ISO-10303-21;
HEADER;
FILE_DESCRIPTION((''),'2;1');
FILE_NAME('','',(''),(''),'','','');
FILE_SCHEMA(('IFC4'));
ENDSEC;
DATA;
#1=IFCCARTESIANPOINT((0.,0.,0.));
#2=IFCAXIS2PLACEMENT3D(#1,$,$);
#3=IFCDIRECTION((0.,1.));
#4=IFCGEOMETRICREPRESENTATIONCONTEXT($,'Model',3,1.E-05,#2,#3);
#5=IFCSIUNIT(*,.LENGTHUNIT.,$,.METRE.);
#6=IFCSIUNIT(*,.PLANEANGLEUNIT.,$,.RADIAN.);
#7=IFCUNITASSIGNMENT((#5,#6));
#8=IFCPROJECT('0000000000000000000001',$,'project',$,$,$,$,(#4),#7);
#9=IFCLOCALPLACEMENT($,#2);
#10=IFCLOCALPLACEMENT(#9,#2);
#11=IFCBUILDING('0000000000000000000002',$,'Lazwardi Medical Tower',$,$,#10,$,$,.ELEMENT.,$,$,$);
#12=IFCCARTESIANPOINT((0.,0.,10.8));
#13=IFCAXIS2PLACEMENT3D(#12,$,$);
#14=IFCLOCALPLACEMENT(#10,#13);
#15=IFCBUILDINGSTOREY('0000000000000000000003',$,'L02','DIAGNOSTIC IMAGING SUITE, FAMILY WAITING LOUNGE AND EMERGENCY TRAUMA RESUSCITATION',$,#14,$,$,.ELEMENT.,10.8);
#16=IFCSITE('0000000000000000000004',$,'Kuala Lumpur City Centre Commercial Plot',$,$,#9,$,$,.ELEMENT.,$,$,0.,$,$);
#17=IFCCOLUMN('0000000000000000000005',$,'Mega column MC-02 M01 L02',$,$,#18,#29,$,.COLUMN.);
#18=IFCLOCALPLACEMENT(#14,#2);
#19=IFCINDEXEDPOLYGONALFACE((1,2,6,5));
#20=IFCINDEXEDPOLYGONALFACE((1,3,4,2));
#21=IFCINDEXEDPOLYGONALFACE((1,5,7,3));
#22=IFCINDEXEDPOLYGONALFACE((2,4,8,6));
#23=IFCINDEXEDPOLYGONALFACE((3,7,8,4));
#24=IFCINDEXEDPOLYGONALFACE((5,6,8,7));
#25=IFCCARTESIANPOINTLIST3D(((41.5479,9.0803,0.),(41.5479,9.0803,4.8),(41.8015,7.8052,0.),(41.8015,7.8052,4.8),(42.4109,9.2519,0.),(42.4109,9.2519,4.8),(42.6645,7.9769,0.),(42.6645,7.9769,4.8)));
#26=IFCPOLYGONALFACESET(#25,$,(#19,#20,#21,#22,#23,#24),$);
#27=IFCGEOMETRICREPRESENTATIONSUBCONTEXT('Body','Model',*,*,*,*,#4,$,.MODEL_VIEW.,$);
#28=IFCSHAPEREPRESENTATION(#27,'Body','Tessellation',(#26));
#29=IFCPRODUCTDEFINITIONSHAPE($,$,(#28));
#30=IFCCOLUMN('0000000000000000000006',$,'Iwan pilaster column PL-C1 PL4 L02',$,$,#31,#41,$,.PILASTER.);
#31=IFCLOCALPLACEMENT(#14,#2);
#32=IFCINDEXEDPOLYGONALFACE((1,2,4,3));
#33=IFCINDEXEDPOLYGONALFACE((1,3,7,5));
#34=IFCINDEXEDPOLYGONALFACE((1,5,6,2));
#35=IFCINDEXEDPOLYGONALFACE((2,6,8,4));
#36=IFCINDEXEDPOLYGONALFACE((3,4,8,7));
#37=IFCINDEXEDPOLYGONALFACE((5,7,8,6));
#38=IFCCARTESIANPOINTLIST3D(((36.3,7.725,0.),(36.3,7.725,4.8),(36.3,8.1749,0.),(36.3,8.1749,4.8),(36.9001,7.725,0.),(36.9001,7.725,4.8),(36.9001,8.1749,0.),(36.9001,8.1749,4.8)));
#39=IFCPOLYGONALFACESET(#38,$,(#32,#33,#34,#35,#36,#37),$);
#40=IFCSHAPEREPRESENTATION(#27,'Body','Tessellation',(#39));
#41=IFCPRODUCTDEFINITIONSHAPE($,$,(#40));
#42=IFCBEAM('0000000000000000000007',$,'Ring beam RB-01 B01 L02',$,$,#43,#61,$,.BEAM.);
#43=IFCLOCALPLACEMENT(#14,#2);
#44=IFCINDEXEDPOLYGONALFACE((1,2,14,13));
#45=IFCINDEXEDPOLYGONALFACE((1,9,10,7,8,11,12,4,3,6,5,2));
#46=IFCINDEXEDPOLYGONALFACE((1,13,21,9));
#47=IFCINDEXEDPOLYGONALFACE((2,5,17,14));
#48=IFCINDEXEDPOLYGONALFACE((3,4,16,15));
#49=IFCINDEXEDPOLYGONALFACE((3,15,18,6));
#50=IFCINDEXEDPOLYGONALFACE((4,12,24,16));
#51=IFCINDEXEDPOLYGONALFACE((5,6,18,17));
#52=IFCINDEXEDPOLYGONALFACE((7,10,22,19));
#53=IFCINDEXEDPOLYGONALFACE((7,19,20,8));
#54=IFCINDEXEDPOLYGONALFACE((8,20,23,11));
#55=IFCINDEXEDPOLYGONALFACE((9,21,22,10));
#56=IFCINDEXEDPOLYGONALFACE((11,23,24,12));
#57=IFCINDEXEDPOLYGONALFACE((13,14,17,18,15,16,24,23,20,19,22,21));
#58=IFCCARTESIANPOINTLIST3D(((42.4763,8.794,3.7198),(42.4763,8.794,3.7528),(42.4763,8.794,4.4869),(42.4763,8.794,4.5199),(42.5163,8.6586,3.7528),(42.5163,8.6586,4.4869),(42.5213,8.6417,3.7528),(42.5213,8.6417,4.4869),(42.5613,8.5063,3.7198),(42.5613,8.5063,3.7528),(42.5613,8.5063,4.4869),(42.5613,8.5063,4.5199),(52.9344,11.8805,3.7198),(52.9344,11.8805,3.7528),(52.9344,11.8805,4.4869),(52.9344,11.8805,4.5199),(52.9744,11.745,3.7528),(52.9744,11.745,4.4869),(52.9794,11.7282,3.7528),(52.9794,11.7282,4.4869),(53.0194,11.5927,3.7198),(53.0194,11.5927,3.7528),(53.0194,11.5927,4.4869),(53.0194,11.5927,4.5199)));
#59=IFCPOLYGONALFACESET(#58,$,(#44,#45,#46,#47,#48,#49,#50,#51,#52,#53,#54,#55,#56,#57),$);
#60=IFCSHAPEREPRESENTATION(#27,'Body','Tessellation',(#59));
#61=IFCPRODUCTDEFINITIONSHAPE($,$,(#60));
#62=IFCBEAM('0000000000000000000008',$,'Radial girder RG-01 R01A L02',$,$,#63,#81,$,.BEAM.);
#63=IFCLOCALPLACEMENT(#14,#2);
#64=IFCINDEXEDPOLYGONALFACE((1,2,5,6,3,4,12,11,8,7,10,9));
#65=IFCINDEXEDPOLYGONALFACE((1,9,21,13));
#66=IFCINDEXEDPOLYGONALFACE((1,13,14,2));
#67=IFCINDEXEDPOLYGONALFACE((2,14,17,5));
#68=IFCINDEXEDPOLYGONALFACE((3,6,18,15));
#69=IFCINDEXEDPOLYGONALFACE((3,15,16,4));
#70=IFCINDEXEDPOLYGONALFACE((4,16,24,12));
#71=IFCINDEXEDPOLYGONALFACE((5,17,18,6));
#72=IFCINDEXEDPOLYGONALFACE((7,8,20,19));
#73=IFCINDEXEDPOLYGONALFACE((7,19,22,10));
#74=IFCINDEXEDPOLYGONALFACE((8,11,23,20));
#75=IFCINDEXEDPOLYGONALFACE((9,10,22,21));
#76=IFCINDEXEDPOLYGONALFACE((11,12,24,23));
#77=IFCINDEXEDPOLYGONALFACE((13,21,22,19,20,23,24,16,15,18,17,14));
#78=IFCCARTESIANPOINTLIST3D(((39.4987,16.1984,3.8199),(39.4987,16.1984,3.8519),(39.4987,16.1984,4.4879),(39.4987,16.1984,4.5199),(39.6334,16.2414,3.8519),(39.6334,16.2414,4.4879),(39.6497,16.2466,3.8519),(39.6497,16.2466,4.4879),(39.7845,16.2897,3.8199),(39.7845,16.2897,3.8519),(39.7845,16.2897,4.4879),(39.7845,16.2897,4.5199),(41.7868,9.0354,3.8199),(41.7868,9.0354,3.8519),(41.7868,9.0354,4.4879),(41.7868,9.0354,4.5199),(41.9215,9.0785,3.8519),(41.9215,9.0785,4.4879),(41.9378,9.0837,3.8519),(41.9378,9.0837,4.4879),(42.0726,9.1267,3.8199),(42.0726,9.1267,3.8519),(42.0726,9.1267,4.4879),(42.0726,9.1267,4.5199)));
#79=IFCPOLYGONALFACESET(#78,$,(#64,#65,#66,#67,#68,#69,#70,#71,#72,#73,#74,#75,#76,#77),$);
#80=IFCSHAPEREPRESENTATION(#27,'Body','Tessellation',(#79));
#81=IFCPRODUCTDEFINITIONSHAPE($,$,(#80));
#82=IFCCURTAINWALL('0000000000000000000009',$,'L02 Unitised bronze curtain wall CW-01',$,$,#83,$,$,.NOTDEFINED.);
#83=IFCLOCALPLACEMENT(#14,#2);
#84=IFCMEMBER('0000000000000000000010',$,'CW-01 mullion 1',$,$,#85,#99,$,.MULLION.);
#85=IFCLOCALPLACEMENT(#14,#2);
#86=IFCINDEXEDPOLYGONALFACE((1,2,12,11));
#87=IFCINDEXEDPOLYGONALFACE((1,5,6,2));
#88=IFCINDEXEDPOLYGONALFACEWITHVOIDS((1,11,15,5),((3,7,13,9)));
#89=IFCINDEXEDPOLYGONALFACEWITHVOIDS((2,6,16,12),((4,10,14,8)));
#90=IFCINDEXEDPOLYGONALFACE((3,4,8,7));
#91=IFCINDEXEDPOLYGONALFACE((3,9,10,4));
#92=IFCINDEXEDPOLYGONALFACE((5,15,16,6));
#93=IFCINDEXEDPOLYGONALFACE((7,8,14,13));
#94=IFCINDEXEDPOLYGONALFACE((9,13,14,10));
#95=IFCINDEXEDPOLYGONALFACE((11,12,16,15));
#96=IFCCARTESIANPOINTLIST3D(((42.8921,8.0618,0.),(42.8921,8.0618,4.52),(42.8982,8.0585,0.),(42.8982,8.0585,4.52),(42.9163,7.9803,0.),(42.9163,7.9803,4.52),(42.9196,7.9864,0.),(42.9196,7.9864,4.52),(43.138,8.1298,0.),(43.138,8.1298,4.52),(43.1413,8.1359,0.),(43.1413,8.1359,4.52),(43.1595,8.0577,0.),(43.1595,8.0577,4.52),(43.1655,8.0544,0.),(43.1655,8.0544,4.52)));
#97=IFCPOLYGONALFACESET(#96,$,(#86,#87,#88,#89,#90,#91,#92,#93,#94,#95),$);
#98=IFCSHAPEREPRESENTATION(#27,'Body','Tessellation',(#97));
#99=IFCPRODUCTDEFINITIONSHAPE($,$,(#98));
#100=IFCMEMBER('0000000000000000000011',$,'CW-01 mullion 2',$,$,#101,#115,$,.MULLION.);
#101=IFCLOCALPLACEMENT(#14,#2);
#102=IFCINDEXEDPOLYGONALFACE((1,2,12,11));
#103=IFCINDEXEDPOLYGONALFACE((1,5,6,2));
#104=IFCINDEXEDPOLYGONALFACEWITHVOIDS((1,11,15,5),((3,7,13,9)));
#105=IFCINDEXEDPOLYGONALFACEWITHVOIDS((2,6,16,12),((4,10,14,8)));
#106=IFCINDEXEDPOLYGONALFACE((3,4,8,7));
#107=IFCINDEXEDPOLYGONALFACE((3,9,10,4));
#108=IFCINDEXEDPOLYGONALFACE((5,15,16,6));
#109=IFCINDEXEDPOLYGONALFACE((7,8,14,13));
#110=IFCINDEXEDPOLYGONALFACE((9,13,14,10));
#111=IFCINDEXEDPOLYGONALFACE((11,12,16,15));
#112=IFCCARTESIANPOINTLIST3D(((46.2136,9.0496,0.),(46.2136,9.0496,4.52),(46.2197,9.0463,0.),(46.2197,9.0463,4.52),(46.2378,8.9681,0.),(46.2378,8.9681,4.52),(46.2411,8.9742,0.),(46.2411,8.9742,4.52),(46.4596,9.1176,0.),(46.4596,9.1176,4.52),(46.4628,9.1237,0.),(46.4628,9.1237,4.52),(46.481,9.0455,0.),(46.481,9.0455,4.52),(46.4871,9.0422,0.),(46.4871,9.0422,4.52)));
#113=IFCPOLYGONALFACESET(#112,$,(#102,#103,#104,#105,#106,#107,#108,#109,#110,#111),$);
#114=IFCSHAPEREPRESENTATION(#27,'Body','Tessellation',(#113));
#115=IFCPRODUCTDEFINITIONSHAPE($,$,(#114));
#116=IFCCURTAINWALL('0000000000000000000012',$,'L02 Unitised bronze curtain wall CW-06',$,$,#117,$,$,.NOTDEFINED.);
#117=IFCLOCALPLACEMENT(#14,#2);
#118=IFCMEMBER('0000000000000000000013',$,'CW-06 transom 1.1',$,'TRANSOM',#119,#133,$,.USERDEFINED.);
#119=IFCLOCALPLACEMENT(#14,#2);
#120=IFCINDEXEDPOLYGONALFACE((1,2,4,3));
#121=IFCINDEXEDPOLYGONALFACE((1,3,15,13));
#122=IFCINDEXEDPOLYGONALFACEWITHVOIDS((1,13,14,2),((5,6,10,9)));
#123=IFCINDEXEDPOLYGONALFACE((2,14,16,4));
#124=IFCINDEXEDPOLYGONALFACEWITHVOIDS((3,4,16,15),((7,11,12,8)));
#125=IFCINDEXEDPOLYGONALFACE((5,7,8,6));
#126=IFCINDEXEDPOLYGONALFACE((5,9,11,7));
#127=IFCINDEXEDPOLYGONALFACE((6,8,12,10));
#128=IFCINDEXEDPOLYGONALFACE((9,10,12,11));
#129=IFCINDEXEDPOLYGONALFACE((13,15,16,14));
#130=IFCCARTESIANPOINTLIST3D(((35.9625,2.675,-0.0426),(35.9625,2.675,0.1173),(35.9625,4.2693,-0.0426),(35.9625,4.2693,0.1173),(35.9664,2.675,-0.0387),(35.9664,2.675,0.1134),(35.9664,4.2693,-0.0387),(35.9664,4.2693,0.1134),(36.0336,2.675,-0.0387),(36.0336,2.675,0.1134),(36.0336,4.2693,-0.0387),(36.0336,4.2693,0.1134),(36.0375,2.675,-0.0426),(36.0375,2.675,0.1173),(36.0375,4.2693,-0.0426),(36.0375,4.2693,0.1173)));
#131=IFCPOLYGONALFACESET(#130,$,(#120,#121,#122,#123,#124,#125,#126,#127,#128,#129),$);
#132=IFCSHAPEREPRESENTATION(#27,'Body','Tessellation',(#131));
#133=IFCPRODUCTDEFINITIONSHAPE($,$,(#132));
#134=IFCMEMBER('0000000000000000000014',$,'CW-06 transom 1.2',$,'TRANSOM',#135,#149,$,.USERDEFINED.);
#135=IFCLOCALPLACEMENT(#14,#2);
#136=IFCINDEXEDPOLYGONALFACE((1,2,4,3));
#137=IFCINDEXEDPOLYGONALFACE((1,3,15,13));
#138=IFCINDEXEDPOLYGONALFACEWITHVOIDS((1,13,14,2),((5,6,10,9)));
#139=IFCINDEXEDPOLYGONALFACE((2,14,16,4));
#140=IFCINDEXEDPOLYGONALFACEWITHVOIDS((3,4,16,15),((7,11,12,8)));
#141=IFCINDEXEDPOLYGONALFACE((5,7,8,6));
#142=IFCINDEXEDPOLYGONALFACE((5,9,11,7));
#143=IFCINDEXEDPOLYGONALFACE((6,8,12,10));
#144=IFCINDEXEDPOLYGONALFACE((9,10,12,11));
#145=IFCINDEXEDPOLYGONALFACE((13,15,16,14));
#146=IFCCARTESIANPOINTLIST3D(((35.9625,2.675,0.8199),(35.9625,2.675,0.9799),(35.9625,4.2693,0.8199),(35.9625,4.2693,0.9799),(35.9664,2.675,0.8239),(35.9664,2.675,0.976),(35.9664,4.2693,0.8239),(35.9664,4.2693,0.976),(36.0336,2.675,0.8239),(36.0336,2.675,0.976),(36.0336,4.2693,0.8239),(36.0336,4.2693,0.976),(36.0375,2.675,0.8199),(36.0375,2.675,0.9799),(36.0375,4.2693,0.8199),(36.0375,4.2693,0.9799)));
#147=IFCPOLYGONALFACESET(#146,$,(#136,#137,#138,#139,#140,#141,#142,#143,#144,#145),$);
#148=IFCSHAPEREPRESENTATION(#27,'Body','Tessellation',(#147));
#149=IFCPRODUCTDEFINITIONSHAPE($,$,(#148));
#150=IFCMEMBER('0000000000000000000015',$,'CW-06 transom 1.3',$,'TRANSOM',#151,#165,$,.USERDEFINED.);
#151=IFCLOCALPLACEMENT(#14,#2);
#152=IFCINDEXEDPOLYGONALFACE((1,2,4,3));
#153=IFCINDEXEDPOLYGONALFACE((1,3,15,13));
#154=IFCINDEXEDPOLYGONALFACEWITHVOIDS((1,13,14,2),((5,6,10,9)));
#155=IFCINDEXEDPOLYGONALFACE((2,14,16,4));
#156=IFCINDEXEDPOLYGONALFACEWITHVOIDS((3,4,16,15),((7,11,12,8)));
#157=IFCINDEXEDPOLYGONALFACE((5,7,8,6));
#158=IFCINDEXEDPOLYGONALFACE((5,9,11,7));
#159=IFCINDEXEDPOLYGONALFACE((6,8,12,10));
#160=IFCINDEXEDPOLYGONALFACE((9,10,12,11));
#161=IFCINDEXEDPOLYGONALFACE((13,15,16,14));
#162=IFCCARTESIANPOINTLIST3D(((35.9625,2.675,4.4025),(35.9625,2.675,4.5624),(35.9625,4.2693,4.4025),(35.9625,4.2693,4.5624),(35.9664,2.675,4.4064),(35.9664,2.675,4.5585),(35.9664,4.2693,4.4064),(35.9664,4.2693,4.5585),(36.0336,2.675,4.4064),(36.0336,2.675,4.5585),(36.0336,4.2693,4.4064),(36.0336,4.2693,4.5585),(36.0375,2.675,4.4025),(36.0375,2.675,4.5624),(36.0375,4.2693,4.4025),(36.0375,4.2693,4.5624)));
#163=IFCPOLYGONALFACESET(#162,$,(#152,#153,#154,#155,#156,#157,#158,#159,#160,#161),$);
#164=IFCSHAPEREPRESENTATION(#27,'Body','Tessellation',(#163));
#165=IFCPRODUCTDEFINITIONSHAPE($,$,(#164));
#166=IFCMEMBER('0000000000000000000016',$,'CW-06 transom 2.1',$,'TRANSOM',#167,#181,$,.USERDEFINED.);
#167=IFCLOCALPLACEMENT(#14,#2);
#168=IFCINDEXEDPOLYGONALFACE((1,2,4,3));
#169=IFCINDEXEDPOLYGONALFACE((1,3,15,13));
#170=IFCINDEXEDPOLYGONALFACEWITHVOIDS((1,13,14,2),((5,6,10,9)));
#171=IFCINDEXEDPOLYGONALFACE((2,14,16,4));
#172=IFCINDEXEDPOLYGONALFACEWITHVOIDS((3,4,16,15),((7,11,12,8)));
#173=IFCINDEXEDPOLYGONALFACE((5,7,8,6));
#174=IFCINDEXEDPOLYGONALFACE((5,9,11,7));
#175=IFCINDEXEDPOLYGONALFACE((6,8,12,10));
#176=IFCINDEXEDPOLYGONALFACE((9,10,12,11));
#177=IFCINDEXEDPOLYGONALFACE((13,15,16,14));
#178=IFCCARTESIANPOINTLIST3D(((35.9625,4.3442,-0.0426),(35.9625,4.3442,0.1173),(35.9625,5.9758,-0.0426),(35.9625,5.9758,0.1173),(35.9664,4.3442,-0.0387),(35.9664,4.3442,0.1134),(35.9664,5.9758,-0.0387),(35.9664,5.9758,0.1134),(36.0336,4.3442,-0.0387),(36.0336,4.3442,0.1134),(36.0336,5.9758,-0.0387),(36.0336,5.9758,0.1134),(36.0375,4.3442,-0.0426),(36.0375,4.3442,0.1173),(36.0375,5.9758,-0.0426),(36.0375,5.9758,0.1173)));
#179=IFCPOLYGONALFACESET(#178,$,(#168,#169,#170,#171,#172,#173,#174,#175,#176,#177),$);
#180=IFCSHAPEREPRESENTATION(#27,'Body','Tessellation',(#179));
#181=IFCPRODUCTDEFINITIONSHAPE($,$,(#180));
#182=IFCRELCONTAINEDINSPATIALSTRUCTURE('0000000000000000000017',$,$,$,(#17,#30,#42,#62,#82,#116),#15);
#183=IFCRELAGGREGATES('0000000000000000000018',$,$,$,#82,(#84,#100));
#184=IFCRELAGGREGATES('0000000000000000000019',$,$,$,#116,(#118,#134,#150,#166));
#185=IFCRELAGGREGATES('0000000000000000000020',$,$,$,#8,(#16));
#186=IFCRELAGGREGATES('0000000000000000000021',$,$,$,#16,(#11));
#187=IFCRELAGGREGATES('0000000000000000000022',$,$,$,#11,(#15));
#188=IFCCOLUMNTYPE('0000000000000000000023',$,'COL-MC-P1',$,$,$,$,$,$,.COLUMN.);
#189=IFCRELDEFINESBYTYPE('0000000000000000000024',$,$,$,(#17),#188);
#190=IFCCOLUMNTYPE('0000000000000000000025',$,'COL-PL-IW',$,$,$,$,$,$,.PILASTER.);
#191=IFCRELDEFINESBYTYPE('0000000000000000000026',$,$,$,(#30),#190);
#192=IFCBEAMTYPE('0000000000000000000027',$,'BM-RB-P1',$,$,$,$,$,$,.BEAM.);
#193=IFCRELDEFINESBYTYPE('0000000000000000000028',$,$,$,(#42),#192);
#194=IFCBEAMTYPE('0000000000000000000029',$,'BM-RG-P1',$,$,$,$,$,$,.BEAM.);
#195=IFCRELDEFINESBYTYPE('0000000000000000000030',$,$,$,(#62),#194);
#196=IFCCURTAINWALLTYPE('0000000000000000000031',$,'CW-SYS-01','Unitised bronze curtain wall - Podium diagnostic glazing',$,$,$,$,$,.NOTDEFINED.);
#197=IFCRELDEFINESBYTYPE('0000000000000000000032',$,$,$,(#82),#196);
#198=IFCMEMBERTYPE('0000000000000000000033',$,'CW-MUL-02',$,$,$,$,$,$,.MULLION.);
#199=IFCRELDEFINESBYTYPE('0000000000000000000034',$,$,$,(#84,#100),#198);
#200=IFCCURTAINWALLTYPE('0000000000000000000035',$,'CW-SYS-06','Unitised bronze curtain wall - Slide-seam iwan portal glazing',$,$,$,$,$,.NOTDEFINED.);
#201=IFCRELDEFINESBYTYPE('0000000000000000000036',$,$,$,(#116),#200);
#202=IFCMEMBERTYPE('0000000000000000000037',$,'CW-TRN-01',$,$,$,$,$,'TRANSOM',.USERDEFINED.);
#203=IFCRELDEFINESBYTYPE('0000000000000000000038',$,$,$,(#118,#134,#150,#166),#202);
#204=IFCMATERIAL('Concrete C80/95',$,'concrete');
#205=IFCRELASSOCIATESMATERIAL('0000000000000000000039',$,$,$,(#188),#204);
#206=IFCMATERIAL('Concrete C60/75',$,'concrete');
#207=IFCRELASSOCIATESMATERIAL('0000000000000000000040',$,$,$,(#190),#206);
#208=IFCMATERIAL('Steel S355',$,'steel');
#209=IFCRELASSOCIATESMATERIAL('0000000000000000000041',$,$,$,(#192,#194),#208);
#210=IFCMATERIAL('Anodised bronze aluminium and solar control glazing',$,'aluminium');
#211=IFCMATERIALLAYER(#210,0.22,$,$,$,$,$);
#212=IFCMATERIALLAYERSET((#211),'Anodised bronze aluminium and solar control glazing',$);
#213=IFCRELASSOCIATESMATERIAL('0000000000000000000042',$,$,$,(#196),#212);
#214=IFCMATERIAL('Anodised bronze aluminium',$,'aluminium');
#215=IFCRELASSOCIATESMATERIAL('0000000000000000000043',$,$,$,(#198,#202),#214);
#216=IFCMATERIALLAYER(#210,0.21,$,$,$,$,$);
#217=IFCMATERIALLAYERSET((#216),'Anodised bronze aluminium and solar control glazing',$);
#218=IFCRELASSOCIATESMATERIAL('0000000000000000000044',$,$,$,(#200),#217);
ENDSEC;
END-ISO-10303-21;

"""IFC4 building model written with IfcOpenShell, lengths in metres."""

from ifc_helpers import new_model, si_unit, direction, frame, origin, origin_2d, place, context, subcontext, project, spatial, rectangle, hollow_rectangle, i_section, extrude, material, layer, layer_set, material_profile, profile_set, type_object, element, aggregate, save


model = new_model("IFC4")

# Units and contexts
model_context = context("Model", 3, precision=1e-05, world=origin(), true_north=direction((0.0, 1.0)))
body_context = subcontext(model_context, "Body", "Model", "MODEL_VIEW")
ifc_project = project(units=[si_unit("LENGTHUNIT", "METRE"), si_unit("PLANEANGLEUNIT", "RADIAN")], contexts=[model_context])

# Site, building, storey
site_placement = place(None, origin())
site = spatial("IfcSite", under=ifc_project, at=site_placement, Name="Kuala Lumpur City Centre Commercial Plot", CompositionType="ELEMENT", RefElevation=0.0)
building_placement = place(site_placement, origin())
building = spatial("IfcBuilding", under=site, at=building_placement, Name="Lazwardi Medical Tower", CompositionType="ELEMENT")
storey_placement = place(building_placement, frame((0.0, 0.0, 10.8)))
storey = spatial("IfcBuildingStorey", under=building, at=storey_placement, Name="L02", Description="DIAGNOSTIC IMAGING SUITE, FAMILY WAITING LOUNGE AND EMERGENCY TRAUMA RESUSCITATION", CompositionType="ELEMENT", Elevation=10.8)

# Columns
ifc_material_1 = material(Name="Concrete C80/95", Category="concrete")
ifc_material_profile_1 = material_profile(ifc_material_1, rectangle(XDim=1.3, YDim=0.8799, at=origin_2d()), Name="CFT-RECT 1300x880")
ifc_profile_set_1 = profile_set([ifc_material_profile_1], Name="Concrete C80/95")
column_type_1 = type_object("IfcColumnType", Name="COL-MC-P1", PredefinedType="COLUMN", material=ifc_profile_set_1)
column_1_placement = place(storey_placement, frame((42.1062, 8.5286, 0.0), z_axis=(0.0, 0.0, 1.0), x_axis=(0.19509, -0.980785, 0.0)))
element("IfcColumn", 1, at=column_1_placement, inside=storey, type_object=column_type_1, Name="Mega column MC-02 M01 L02", PredefinedType="COLUMN", context=body_context, shape_type="SweptSolid", body=[
    extrude(rectangle(XDim=1.3, YDim=0.8799, at=origin_2d()), origin(), (0.0, 0.0, 1.0), 4.8),
])
ifc_material_2 = material(Name="Concrete C60/75", Category="concrete")
ifc_material_profile_2 = material_profile(ifc_material_2, rectangle(XDim=0.6001, YDim=0.45, at=origin_2d()), Name="RC 600x450")
ifc_profile_set_2 = profile_set([ifc_material_profile_2], Name="Concrete C60/75")
column_type_2 = type_object("IfcColumnType", Name="COL-PL-IW", PredefinedType="PILASTER", material=ifc_profile_set_2)
column_2_placement = place(storey_placement, frame((36.6001, 7.95, 0.0), z_axis=(0.0, 0.0, 1.0), x_axis=(1.0, 0.0, 0.0)))
element("IfcColumn", 2, at=column_2_placement, inside=storey, type_object=column_type_2, Name="Iwan pilaster column PL-C1 PL4 L02", PredefinedType="PILASTER", context=body_context, shape_type="SweptSolid", body=[
    extrude(rectangle(XDim=0.6001, YDim=0.45, at=origin_2d()), origin(), (0.0, 0.0, 1.0), 4.8),
])

# Beams
ifc_material_3 = material(Name="Steel S355", Category="steel")
ifc_material_profile_3 = material_profile(ifc_material_3, i_section(OverallWidth=0.3, OverallDepth=0.8, WebThickness=0.0176, FlangeThickness=0.033, at=origin_2d()), Name="HEB 800")
ifc_profile_set_3 = profile_set([ifc_material_profile_3], Name="Steel S355")
beam_type_1 = type_object("IfcBeamType", Name="BM-RB-P1", PredefinedType="BEAM", material=ifc_profile_set_3)
beam_1_placement = place(storey_placement, frame((42.5188, 8.6501, 4.1199), z_axis=(0.959103, 0.283056, 0.0), x_axis=(-0.283056, 0.959103, 0.0)))
element("IfcBeam", 3, at=beam_1_placement, inside=storey, type_object=beam_type_1, Name="Ring beam RB-01 B01 L02", PredefinedType="BEAM", context=body_context, shape_type="SweptSolid", body=[
    extrude(i_section(OverallWidth=0.3, OverallDepth=0.8, WebThickness=0.0176, FlangeThickness=0.033, at=origin_2d()), origin(), (0.0, 0.0, 1.0), 10.9041),
])
ifc_material_profile_4 = material_profile(ifc_material_3, i_section(OverallWidth=0.3, OverallDepth=0.7, WebThickness=0.0171, FlangeThickness=0.032, at=origin_2d()), Name="HEB 700")
ifc_profile_set_4 = profile_set([ifc_material_profile_4], Name="Steel S355")
beam_type_2 = type_object("IfcBeamType", Name="BM-RG-P1", PredefinedType="BEAM", material=ifc_profile_set_4)
beam_2_placement = place(storey_placement, frame((41.9297, 9.0811, 4.1699), z_axis=(-0.30429, 0.952579, 0.0), x_axis=(-0.952579, -0.30429, 0.0)))
element("IfcBeam", 4, at=beam_2_placement, inside=storey, type_object=beam_type_2, Name="Radial girder RG-01 R01A L02", PredefinedType="BEAM", context=body_context, shape_type="SweptSolid", body=[
    extrude(i_section(OverallWidth=0.3, OverallDepth=0.7, WebThickness=0.0171, FlangeThickness=0.032, at=origin_2d()), origin(), (0.0, 0.0, 1.0), 7.5195),
])

# Curtain walls, members
ifc_material_4 = material(Name="Anodised bronze aluminium and solar control glazing", Category="aluminium")
ifc_layer_1 = layer(ifc_material_4, 0.22)
ifc_layer_set_1 = layer_set([ifc_layer_1], Name="Anodised bronze aluminium and solar control glazing")
curtain_wall_type_1 = type_object("IfcCurtainWallType", Name="CW-SYS-01", Description="Unitised bronze curtain wall - Podium diagnostic glazing", PredefinedType="NOTDEFINED", material=ifc_layer_set_1)
curtain_wall_1_placement = place(storey_placement, origin())
curtain_wall_1 = element("IfcCurtainWall", 5, at=curtain_wall_1_placement, inside=storey, type_object=curtain_wall_type_1, Name="L02 Unitised bronze curtain wall CW-01", PredefinedType="NOTDEFINED")
ifc_material_5 = material(Name="Anodised bronze aluminium", Category="aluminium")
ifc_material_profile_5 = material_profile(ifc_material_5, hollow_rectangle(XDim=0.085, YDim=0.26, WallThickness=0.0049, at=origin_2d()), Name="ALU-MULLION 260x85x5")
ifc_profile_set_5 = profile_set([ifc_material_profile_5], Name="Anodised bronze aluminium")
member_type_1 = type_object("IfcMemberType", Name="CW-MUL-02", PredefinedType="MULLION", material=ifc_profile_set_5)
member_1_placement = place(storey_placement, frame((43.0288, 8.0581, 0.0), z_axis=(0.0, 0.0, 1.0), x_axis=(-0.285047, 0.958513, 0.0)))
member_1 = element("IfcMember", 6, at=member_1_placement, type_object=member_type_1, Name="CW-01 mullion 1", PredefinedType="MULLION", context=body_context, shape_type="SweptSolid", body=[
    extrude(hollow_rectangle(XDim=0.085, YDim=0.26, WallThickness=0.0049, at=origin_2d()), origin(), (0.0, 0.0, 1.0), 4.52),
])
member_2_placement = place(storey_placement, frame((46.3503, 9.0459, 0.0), z_axis=(0.0, 0.0, 1.0), x_axis=(-0.285047, 0.958513, 0.0)))
member_2 = element("IfcMember", 7, at=member_2_placement, type_object=member_type_1, Name="CW-01 mullion 2", PredefinedType="MULLION", context=body_context, shape_type="SweptSolid", body=[
    extrude(hollow_rectangle(XDim=0.085, YDim=0.26, WallThickness=0.0049, at=origin_2d()), origin(), (0.0, 0.0, 1.0), 4.52),
])
ifc_layer_2 = layer(ifc_material_4, 0.21)
ifc_layer_set_2 = layer_set([ifc_layer_2], Name="Anodised bronze aluminium and solar control glazing")
curtain_wall_type_2 = type_object("IfcCurtainWallType", Name="CW-SYS-06", Description="Unitised bronze curtain wall - Slide-seam iwan portal glazing", PredefinedType="NOTDEFINED", material=ifc_layer_set_2)
curtain_wall_2_placement = place(storey_placement, origin())
curtain_wall_2 = element("IfcCurtainWall", 8, at=curtain_wall_2_placement, inside=storey, type_object=curtain_wall_type_2, Name="L02 Unitised bronze curtain wall CW-06", PredefinedType="NOTDEFINED")
ifc_material_profile_6 = material_profile(ifc_material_5, hollow_rectangle(XDim=0.075, YDim=0.1599, WallThickness=0.0039, at=origin_2d()), Name="ALU-TRANSOM 160x75x4")
ifc_profile_set_6 = profile_set([ifc_material_profile_6], Name="Anodised bronze aluminium")
member_type_2 = type_object("IfcMemberType", Name="CW-TRN-01", ElementType="TRANSOM", PredefinedType="USERDEFINED", material=ifc_profile_set_6)
member_3_placement = place(storey_placement, frame((36.0, 2.675, 0.0374), z_axis=(0.0, 1.0, 0.0), x_axis=(-1.0, 0.0, 0.0)))
member_3 = element("IfcMember", 9, at=member_3_placement, type_object=member_type_2, Name="CW-06 transom 1.1", ObjectType="TRANSOM", PredefinedType="USERDEFINED", context=body_context, shape_type="SweptSolid", body=[
    extrude(hollow_rectangle(XDim=0.075, YDim=0.1599, WallThickness=0.0039, at=origin_2d()), origin(), (0.0, 0.0, 1.0), 1.5942),
])
member_4_placement = place(storey_placement, frame((36.0, 2.675, 0.8999), z_axis=(0.0, 1.0, 0.0), x_axis=(-1.0, 0.0, 0.0)))
member_4 = element("IfcMember", 10, at=member_4_placement, type_object=member_type_2, Name="CW-06 transom 1.2", ObjectType="TRANSOM", PredefinedType="USERDEFINED", context=body_context, shape_type="SweptSolid", body=[
    extrude(hollow_rectangle(XDim=0.075, YDim=0.1599, WallThickness=0.0039, at=origin_2d()), origin(), (0.0, 0.0, 1.0), 1.5942),
])
member_5_placement = place(storey_placement, frame((36.0, 2.675, 4.4824), z_axis=(0.0, 1.0, 0.0), x_axis=(-1.0, 0.0, 0.0)))
member_5 = element("IfcMember", 11, at=member_5_placement, type_object=member_type_2, Name="CW-06 transom 1.3", ObjectType="TRANSOM", PredefinedType="USERDEFINED", context=body_context, shape_type="SweptSolid", body=[
    extrude(hollow_rectangle(XDim=0.075, YDim=0.1599, WallThickness=0.0039, at=origin_2d()), origin(), (0.0, 0.0, 1.0), 1.5942),
])
member_6_placement = place(storey_placement, frame((36.0, 4.3442, 0.0374), z_axis=(0.0, 1.0, 0.0), x_axis=(-1.0, 0.0, 0.0)))
member_6 = element("IfcMember", 12, at=member_6_placement, type_object=member_type_2, Name="CW-06 transom 2.1", ObjectType="TRANSOM", PredefinedType="USERDEFINED", context=body_context, shape_type="SweptSolid", body=[
    extrude(hollow_rectangle(XDim=0.075, YDim=0.1599, WallThickness=0.0039, at=origin_2d()), origin(), (0.0, 0.0, 1.0), 1.6316),
])

aggregate(curtain_wall_1, [member_1, member_2])
aggregate(curtain_wall_2, [member_3, member_4, member_5, member_6])

save(model, "model.ifc")
